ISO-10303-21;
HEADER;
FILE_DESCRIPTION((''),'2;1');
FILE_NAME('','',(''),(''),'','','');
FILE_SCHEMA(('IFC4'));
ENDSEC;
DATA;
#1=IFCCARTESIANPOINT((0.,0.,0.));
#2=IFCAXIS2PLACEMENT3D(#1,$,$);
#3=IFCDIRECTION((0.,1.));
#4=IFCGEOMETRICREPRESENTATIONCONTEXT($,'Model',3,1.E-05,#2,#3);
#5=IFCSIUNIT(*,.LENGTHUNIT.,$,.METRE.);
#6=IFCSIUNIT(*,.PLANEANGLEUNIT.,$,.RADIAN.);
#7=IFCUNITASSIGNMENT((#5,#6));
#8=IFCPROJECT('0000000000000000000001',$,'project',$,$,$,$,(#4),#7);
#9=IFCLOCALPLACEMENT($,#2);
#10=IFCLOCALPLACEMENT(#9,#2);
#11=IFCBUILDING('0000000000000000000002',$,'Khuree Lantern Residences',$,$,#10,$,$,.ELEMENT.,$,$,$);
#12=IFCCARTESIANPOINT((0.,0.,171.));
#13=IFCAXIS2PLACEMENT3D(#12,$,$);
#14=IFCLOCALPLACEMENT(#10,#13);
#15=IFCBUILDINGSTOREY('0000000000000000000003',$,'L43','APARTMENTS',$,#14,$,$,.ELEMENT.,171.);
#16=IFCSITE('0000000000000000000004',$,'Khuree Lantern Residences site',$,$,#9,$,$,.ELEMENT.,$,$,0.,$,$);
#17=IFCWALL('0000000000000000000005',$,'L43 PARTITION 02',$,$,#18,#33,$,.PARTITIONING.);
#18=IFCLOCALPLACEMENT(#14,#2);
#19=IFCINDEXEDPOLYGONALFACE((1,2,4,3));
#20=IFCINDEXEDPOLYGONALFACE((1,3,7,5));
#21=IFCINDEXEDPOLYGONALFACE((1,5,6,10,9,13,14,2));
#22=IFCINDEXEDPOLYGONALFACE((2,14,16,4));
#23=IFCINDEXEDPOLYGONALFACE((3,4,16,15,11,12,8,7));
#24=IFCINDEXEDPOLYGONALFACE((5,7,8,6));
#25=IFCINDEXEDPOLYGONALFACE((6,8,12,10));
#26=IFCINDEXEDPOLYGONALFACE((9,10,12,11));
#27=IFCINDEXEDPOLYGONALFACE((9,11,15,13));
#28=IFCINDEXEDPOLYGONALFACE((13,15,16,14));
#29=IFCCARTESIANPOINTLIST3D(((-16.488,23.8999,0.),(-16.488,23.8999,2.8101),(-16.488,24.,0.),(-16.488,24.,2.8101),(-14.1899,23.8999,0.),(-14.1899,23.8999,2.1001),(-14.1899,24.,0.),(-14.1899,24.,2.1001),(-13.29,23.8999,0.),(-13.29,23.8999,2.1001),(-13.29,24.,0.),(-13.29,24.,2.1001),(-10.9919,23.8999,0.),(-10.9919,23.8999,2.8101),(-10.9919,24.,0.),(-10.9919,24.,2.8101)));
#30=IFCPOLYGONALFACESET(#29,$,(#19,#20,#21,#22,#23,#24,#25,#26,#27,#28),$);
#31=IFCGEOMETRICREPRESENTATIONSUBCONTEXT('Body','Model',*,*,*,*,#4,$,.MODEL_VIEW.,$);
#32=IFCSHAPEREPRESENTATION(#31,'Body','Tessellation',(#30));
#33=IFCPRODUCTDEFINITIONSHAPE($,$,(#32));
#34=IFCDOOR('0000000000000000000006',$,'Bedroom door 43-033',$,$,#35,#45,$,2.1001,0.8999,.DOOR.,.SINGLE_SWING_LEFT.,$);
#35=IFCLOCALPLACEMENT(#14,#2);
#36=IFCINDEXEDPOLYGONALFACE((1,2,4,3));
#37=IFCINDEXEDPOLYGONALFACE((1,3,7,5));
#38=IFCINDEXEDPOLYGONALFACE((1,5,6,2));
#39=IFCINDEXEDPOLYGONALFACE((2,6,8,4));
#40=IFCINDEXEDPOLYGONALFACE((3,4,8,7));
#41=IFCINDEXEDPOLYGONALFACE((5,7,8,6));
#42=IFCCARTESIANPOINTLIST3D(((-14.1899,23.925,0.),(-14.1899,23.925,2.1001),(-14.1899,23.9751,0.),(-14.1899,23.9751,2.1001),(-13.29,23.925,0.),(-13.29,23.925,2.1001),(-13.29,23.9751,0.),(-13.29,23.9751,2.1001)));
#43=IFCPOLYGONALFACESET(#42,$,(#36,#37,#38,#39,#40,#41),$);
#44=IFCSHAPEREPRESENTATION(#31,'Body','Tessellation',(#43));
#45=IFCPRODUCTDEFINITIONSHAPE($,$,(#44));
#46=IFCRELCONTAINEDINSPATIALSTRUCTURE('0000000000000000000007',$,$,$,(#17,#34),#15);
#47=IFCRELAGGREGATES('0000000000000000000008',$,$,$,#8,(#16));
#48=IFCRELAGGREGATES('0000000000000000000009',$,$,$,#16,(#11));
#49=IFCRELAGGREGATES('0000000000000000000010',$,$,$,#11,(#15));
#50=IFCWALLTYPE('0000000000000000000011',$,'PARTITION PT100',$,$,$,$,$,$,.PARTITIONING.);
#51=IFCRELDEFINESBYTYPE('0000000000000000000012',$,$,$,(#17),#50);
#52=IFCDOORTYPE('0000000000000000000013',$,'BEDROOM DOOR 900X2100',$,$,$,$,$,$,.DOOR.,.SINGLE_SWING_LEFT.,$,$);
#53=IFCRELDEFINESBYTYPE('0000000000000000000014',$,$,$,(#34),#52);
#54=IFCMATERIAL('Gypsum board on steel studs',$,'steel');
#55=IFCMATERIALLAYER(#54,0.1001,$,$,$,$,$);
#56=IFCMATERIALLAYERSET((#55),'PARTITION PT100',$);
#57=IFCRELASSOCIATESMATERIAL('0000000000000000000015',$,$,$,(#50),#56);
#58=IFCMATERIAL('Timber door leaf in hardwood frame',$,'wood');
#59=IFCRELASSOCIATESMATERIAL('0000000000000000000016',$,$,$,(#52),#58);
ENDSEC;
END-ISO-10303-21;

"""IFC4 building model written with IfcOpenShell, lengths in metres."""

from ifc_helpers import new_model, si_unit, direction, frame, frame_2d, origin, place, context, subcontext, project, spatial, rectangle, extrude, material, layer, layer_set, type_object, element, fill, save


model = new_model("IFC4")

# Units and contexts
model_context = context("Model", 3, precision=1e-05, world=origin(), true_north=direction((0.0, 1.0)))
body_context = subcontext(model_context, "Body", "Model", "MODEL_VIEW")
ifc_project = project(units=[si_unit("LENGTHUNIT", "METRE"), si_unit("PLANEANGLEUNIT", "RADIAN")], contexts=[model_context])

# Site, building, storey
site_placement = place(None, origin())
site = spatial("IfcSite", under=ifc_project, at=site_placement, Name="Khuree Lantern Residences site", CompositionType="ELEMENT", RefElevation=0.0)
building_placement = place(site_placement, origin())
building = spatial("IfcBuilding", under=site, at=building_placement, Name="Khuree Lantern Residences", CompositionType="ELEMENT")
storey_placement = place(building_placement, frame((0.0, 0.0, 171.0)))
storey = spatial("IfcBuildingStorey", under=building, at=storey_placement, Name="L43", Description="APARTMENTS", CompositionType="ELEMENT", Elevation=171.0)

# Shared definitions
ifc_material_1 = material(Name="Gypsum board on steel studs", Category="steel")
ifc_layer_1 = layer(ifc_material_1, 0.1001)
ifc_layer_set_1 = layer_set([ifc_layer_1], Name="PARTITION PT100")
wall_type = type_object("IfcWallType", Name="PARTITION PT100", PredefinedType="PARTITIONING", material=ifc_layer_set_1)

# Wall, opening, door
ifc_material_2 = material(Name="Timber door leaf in hardwood frame", Category="wood")
door_type = type_object("IfcDoorType", Name="BEDROOM DOOR 900X2100", OperationType="SINGLE_SWING_LEFT", PredefinedType="DOOR", material=ifc_material_2)
wall_1_placement = place(storey_placement, frame((-10.9919, 23.95, 0.0), z_axis=(0.0, 0.0, 1.0), x_axis=(-1.0, 0.0, 0.0)))
wall_1 = element("IfcWall", 1, at=wall_1_placement, inside=storey, type_object=wall_type, Name="L43 PARTITION 02", PredefinedType="PARTITIONING", context=body_context, shape_type="SweptSolid", body=[
    extrude(rectangle(XDim=5.4961, YDim=0.1001, at=frame_2d((2.748, 0.0))), origin(), (0.0, 0.0, 1.0), 2.8101),
])
opening_1_placement = place(wall_1_placement, frame((2.2981, 0.0, 0.0)))
opening_1 = element("IfcOpeningElement", 2, at=opening_1_placement, cuts=wall_1, PredefinedType="OPENING", context=body_context, shape_type="SweptSolid", body=[
    extrude(rectangle(XDim=0.8999, YDim=2.1001, at=frame_2d((0.45, 1.05))), frame((0.0, 0.0601, 0.0), z_axis=(0.0, -1.0, 0.0), x_axis=(1.0, 0.0, 0.0)), (0.0, 0.0, 1.0), 0.1201),
])
door_1_placement = place(opening_1_placement, origin())
door_1 = element("IfcDoor", 3, at=door_1_placement, inside=storey, type_object=door_type, Name="Bedroom door 43-033", OperationType="SINGLE_SWING_LEFT", OverallHeight=2.1001, OverallWidth=0.8999, PredefinedType="DOOR", context=body_context, shape_type="SweptSolid", body=[
    extrude(rectangle(XDim=0.8999, YDim=2.1001, at=frame_2d((0.45, 1.05))), frame((0.0, 0.0249, 0.0), z_axis=(0.0, -1.0, 0.0), x_axis=(1.0, 0.0, 0.0)), (0.0, 0.0, 1.0), 0.05),
])
fill(opening_1, door_1)

save(model, "model.ifc")
